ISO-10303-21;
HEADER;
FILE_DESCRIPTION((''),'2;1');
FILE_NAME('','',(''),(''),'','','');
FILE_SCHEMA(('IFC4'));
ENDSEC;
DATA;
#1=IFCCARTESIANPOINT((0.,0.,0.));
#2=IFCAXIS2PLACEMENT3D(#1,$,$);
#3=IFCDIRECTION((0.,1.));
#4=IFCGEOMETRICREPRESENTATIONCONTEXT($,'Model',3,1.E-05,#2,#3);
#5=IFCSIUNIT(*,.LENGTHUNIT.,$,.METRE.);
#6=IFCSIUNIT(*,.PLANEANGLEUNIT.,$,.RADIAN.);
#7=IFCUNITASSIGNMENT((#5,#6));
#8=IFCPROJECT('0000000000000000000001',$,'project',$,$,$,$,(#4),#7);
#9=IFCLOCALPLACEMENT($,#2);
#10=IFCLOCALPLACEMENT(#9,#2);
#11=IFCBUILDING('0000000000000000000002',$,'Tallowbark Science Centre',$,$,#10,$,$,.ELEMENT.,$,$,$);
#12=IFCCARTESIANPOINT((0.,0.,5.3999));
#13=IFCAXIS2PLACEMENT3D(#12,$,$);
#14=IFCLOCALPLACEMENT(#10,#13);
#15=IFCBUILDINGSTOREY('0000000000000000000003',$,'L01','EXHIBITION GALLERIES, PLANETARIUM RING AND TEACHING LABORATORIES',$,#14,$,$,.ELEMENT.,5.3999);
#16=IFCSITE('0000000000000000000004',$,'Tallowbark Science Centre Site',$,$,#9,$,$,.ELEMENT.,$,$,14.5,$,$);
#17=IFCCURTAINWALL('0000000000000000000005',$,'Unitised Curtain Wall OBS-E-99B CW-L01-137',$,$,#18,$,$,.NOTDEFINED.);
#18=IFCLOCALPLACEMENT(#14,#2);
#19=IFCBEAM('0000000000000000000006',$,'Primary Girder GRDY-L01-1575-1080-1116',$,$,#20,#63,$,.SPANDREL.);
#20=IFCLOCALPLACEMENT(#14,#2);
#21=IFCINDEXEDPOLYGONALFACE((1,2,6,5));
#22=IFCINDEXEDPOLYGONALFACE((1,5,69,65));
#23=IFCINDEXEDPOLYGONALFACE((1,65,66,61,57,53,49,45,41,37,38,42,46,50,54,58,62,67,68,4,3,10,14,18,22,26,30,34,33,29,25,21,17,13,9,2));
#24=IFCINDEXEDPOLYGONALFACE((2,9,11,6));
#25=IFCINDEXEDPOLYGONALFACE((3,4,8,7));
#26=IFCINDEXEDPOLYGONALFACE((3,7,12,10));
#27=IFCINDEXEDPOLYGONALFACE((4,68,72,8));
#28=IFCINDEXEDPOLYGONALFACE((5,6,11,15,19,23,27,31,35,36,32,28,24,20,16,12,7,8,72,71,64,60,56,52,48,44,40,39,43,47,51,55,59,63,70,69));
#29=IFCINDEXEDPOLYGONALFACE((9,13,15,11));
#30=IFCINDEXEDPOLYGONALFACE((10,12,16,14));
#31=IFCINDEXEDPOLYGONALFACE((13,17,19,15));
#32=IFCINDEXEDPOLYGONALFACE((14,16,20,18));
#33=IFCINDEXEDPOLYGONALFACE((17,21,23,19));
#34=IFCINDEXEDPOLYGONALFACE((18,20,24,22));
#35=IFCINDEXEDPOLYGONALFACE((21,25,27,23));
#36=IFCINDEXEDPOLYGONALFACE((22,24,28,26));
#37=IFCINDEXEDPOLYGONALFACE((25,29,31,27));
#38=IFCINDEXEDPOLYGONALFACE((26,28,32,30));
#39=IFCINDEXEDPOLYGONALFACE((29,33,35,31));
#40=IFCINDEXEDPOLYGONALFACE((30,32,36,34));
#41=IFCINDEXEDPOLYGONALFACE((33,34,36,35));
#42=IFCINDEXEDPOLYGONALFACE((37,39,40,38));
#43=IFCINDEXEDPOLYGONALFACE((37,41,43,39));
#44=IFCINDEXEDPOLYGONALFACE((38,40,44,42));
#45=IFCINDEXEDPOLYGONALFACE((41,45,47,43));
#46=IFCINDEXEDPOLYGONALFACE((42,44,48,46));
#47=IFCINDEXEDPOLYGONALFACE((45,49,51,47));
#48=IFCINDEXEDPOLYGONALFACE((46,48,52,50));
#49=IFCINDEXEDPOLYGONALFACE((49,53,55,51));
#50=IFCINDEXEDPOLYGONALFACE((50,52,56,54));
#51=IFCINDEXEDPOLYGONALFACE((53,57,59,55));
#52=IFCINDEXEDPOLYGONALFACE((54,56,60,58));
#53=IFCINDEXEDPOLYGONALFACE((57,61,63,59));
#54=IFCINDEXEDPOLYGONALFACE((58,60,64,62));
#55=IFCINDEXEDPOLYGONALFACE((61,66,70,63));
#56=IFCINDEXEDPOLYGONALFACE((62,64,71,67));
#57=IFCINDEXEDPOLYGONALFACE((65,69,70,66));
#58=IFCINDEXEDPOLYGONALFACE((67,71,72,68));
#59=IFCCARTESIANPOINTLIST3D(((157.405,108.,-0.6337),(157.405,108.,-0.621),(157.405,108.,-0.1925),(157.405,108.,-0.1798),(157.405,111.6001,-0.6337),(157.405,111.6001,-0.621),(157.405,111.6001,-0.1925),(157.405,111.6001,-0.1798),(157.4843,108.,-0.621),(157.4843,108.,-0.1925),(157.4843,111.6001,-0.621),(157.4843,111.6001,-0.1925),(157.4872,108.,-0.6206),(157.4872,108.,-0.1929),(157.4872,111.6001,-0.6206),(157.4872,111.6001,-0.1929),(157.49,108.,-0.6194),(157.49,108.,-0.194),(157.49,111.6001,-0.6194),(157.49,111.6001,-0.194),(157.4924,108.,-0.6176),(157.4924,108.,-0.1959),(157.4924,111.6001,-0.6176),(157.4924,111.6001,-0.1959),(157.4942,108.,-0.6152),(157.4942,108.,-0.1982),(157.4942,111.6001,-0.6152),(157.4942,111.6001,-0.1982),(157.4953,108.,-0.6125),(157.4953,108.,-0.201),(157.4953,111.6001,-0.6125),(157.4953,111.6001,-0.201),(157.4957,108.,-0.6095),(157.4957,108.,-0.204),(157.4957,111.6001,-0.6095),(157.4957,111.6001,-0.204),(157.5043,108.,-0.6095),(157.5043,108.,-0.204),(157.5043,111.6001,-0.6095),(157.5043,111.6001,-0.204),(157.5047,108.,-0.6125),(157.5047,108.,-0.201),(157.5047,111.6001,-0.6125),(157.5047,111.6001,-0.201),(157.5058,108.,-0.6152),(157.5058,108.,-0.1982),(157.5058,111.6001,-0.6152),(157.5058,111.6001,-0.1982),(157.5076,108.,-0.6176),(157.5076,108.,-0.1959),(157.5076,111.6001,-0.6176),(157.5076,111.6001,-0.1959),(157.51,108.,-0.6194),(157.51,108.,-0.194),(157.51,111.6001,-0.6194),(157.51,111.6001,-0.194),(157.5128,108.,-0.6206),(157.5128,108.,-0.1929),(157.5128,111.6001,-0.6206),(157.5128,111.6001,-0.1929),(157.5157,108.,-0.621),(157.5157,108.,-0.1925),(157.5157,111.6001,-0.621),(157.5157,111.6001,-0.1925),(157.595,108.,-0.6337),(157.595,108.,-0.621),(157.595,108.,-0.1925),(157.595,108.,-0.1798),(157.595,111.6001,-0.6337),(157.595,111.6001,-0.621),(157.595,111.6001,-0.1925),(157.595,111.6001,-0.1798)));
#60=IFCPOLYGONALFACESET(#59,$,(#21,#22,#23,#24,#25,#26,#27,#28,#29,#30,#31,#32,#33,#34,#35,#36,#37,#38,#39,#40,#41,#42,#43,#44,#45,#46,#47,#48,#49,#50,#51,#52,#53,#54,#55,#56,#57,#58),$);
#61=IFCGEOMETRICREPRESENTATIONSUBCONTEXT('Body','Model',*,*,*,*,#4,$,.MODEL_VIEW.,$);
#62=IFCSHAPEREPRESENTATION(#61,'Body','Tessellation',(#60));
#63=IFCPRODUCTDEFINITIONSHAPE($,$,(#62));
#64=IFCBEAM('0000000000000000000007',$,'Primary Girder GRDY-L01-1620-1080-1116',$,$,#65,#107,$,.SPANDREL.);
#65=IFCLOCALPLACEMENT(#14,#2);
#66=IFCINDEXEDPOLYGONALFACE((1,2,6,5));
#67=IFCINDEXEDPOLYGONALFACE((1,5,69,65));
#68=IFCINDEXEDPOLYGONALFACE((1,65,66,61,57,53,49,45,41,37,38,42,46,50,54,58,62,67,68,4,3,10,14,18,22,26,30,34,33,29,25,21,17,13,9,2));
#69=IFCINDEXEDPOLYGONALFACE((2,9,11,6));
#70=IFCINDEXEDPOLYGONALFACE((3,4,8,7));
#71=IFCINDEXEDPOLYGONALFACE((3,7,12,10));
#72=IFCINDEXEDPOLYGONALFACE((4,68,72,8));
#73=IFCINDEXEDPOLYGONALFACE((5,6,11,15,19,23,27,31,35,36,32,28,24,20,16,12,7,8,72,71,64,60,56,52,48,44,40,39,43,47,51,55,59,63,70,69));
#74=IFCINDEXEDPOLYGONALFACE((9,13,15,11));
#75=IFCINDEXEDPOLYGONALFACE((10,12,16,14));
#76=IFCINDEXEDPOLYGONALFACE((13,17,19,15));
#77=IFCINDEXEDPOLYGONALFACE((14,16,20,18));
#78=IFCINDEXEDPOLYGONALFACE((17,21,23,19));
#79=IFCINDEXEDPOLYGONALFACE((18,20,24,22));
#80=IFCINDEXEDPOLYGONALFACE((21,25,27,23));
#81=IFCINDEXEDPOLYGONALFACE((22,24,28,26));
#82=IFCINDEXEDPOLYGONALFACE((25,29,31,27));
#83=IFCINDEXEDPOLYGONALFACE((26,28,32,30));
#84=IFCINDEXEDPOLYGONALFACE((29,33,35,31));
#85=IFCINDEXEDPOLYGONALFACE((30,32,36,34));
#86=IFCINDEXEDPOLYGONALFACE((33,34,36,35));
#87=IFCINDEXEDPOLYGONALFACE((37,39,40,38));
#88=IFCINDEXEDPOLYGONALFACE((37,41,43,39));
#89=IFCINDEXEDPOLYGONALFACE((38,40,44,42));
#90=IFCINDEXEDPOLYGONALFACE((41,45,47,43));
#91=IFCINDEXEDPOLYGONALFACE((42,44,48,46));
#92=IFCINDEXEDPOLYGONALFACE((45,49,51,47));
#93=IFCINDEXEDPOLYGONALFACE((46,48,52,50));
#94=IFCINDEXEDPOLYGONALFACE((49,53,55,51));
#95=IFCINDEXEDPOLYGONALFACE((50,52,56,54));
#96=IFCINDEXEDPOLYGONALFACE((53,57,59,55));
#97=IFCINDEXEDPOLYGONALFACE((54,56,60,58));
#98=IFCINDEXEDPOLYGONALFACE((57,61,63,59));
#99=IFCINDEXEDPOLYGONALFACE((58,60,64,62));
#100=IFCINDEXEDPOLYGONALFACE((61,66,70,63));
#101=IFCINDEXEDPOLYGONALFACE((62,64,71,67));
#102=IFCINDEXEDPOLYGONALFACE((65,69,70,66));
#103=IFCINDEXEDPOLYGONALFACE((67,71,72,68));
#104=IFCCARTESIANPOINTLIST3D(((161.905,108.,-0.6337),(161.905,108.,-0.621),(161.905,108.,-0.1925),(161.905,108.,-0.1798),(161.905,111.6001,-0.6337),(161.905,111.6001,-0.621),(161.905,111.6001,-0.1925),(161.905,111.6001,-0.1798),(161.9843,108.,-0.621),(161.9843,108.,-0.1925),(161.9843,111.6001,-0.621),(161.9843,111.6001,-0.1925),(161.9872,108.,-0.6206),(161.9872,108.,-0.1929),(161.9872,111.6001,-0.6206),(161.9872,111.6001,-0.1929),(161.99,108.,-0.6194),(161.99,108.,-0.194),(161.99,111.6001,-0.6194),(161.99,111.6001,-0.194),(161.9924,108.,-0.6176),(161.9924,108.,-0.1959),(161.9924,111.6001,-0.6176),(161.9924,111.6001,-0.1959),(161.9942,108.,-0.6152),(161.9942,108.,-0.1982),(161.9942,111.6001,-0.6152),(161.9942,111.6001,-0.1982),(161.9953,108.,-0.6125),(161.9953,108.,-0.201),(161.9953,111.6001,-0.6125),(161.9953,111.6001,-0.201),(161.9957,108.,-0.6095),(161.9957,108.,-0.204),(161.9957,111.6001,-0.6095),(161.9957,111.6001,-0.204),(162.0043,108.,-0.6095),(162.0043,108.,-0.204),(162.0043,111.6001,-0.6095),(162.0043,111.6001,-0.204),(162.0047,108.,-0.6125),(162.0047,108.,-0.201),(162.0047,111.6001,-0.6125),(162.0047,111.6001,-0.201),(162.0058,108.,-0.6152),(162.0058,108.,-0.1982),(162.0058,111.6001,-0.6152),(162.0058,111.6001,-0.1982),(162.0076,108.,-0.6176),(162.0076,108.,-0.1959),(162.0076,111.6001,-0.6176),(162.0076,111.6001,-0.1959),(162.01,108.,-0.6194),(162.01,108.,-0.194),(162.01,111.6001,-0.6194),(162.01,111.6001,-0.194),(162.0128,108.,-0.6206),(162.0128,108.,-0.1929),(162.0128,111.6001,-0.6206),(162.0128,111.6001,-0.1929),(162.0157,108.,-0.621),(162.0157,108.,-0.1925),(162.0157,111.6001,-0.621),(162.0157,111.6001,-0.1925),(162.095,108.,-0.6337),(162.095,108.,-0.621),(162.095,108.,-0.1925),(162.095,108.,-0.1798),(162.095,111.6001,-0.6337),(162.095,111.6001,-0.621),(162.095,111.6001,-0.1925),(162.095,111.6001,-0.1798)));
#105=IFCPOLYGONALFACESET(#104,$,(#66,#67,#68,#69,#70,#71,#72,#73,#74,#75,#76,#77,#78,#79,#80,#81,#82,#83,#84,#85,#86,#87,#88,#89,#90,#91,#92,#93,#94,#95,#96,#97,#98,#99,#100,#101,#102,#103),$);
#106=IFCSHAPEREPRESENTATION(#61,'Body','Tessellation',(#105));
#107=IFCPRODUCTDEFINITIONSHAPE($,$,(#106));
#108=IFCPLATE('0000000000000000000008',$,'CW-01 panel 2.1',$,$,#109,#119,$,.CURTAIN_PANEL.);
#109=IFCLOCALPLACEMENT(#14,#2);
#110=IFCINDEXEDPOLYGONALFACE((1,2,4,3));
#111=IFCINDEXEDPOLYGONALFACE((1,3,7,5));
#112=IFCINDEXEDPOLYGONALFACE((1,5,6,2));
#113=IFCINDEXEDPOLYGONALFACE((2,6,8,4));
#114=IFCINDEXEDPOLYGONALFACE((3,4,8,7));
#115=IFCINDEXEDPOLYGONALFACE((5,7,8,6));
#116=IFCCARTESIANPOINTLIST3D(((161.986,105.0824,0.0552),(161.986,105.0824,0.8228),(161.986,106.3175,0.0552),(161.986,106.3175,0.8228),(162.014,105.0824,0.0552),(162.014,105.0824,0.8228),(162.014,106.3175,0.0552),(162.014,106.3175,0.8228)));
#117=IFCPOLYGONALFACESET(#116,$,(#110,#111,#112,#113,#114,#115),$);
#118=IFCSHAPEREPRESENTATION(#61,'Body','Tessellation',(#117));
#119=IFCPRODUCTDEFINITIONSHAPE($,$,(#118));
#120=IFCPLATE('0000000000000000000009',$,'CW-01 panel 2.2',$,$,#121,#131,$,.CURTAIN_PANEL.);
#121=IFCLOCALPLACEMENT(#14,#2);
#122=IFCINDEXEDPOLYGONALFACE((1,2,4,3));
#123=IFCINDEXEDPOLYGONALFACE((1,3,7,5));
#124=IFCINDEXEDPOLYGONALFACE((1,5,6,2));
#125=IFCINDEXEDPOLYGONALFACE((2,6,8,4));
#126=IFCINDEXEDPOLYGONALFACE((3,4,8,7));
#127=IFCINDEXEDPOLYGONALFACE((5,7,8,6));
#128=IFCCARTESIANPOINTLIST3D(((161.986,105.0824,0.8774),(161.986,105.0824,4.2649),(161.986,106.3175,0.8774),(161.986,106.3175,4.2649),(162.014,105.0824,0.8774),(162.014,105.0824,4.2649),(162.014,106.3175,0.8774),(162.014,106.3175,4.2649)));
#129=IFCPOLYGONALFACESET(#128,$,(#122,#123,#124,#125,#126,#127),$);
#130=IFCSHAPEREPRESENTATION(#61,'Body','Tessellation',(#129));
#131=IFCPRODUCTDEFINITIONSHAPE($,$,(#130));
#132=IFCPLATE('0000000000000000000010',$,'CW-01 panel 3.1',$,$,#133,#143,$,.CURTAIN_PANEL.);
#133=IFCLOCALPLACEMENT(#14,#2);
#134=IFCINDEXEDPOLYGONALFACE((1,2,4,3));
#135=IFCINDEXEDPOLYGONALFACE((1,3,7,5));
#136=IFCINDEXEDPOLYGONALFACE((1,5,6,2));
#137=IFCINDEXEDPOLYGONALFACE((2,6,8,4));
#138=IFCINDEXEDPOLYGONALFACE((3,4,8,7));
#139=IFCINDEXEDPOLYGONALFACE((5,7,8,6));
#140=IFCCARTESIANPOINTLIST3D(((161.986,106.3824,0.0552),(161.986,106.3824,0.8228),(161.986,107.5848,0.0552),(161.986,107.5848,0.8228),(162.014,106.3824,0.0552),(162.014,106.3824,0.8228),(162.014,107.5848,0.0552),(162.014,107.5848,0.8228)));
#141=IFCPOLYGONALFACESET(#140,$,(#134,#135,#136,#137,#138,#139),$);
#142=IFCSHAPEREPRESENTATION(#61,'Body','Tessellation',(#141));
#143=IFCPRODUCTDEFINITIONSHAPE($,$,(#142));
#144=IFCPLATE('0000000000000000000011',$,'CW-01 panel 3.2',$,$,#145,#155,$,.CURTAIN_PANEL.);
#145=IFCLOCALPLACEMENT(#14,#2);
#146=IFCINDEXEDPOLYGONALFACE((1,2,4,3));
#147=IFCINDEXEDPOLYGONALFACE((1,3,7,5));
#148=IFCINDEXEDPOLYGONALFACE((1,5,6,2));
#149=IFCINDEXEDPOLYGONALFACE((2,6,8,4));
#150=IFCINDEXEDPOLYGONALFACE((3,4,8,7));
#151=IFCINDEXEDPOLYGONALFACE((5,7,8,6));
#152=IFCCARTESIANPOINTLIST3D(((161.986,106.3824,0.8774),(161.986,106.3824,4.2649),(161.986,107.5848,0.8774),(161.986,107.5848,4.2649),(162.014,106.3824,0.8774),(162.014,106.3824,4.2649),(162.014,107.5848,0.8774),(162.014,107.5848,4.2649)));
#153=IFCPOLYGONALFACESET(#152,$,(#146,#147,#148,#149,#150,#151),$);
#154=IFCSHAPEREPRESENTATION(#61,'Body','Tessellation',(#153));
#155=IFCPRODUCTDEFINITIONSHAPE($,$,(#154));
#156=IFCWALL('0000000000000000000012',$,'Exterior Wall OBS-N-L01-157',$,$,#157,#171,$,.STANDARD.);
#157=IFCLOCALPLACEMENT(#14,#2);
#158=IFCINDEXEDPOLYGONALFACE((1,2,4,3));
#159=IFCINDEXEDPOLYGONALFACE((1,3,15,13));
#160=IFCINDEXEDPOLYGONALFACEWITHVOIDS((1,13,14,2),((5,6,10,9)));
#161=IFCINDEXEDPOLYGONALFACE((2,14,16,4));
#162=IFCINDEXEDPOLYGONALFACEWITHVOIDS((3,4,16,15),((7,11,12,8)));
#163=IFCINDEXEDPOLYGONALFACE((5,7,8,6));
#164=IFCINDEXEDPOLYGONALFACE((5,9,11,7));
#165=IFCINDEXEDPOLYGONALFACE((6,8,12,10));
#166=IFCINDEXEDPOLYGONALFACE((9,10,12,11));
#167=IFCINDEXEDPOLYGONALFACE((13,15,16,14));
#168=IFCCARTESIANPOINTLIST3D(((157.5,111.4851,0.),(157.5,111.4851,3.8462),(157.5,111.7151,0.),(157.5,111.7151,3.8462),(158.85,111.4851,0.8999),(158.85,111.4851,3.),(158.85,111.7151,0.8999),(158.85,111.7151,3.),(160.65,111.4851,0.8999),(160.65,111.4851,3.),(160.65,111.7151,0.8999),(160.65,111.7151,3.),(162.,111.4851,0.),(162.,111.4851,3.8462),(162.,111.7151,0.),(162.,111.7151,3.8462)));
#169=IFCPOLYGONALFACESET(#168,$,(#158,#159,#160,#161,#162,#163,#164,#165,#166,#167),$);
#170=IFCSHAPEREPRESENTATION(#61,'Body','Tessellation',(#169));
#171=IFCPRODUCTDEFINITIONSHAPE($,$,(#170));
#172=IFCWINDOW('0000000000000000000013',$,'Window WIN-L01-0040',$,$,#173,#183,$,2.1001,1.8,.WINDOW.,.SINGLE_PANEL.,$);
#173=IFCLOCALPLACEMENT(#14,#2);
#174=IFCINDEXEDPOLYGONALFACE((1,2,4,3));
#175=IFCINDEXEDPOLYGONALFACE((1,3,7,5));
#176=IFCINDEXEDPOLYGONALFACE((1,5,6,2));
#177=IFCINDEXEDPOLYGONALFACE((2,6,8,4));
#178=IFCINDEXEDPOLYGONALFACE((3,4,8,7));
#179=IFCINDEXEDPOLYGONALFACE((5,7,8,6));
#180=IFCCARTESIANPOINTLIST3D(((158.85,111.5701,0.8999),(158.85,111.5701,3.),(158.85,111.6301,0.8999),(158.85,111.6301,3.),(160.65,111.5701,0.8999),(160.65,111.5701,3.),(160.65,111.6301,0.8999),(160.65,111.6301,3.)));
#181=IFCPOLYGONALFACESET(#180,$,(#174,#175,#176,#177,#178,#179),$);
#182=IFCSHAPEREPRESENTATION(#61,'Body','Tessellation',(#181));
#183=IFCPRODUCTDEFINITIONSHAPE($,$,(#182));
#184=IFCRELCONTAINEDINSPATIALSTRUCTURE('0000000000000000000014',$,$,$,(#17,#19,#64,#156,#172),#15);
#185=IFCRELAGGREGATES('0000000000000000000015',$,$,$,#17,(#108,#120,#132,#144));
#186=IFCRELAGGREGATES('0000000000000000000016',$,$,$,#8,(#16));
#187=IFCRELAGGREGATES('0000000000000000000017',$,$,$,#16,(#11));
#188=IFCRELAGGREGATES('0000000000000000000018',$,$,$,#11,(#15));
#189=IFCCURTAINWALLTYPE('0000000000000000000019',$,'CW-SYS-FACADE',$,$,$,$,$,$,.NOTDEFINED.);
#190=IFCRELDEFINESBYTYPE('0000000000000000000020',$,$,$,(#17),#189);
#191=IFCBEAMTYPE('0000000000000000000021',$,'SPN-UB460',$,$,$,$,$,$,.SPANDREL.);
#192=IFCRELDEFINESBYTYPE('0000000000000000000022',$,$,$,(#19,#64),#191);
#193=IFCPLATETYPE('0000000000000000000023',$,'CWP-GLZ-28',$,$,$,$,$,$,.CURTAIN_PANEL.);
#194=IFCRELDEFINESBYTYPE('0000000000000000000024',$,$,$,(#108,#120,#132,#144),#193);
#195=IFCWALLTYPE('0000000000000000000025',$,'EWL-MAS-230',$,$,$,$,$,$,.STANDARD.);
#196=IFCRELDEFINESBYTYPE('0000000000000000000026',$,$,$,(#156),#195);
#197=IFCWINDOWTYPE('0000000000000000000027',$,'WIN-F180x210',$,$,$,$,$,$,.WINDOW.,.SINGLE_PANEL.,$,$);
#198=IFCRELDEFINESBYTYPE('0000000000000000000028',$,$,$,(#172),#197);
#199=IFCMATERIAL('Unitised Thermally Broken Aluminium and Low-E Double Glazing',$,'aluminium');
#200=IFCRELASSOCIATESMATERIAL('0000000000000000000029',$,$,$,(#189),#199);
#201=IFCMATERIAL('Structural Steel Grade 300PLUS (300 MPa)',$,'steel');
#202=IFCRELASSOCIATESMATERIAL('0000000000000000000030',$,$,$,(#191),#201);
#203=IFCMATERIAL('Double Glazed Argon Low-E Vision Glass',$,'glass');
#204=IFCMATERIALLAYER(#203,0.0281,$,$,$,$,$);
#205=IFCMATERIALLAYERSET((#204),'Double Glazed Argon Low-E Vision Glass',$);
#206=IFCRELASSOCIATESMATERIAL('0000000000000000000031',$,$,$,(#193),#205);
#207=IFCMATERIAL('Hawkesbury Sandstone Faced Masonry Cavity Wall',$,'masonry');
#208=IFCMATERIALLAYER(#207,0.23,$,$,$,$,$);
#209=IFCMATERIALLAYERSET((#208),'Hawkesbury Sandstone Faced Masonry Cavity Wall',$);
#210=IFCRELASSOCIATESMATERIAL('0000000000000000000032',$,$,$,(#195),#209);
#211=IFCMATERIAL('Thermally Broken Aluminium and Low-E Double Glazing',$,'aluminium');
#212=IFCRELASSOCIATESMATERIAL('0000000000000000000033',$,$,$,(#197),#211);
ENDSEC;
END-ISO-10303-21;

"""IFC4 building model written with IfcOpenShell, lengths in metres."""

from ifc_helpers import new_model, si_unit, direction, frame, frame_2d, origin, origin_2d, place, context, subcontext, project, spatial, rectangle, i_section, extrude, material, layer, layer_set, material_profile, profile_set, type_object, element, fill, aggregate, save


model = new_model("IFC4")

# Units and contexts
model_context = context("Model", 3, precision=1e-05, world=origin(), true_north=direction((0.0, 1.0)))
body_context = subcontext(model_context, "Body", "Model", "MODEL_VIEW")
ifc_project = project(units=[si_unit("LENGTHUNIT", "METRE"), si_unit("PLANEANGLEUNIT", "RADIAN")], contexts=[model_context])

# Site, building, storey
site_placement = place(None, origin())
site = spatial("IfcSite", under=ifc_project, at=site_placement, Name="Tallowbark Science Centre Site", CompositionType="ELEMENT", RefElevation=14.5)
building_placement = place(site_placement, origin())
building = spatial("IfcBuilding", under=site, at=building_placement, Name="Tallowbark Science Centre", CompositionType="ELEMENT")
storey_placement = place(building_placement, frame((0.0, 0.0, 5.3999)))
storey = spatial("IfcBuildingStorey", under=building, at=storey_placement, Name="L01", Description="EXHIBITION GALLERIES, PLANETARIUM RING AND TEACHING LABORATORIES", CompositionType="ELEMENT", Elevation=5.3999)

# Shared definitions
ifc_material_1 = material(Name="Structural Steel Grade 300PLUS (300 MPa)", Category="steel")

# Curtain wall
ifc_material_2 = material(Name="Unitised Thermally Broken Aluminium and Low-E Double Glazing", Category="aluminium")
curtain_wall_type = type_object("IfcCurtainWallType", Name="CW-SYS-FACADE", PredefinedType="NOTDEFINED", material=ifc_material_2)
curtain_wall_placement = place(storey_placement, origin())
curtain_wall = element("IfcCurtainWall", 1, at=curtain_wall_placement, inside=storey, type_object=curtain_wall_type, Name="Unitised Curtain Wall OBS-E-99B CW-L01-137", PredefinedType="NOTDEFINED")

# Beams
ifc_material_profile_1 = material_profile(ifc_material_1, i_section(OverallWidth=0.1899, OverallDepth=0.4539, WebThickness=0.0085, FlangeThickness=0.0127, FilletRadius=0.0115, at=origin_2d()), Name="460UB67.1")
ifc_profile_set_1 = profile_set([ifc_material_profile_1], Name="Structural Steel Grade 300PLUS (300 MPa)")
beam_type_1 = type_object("IfcBeamType", Name="SPN-UB460", PredefinedType="SPANDREL", material=ifc_profile_set_1)
for number, where, z_axis, x_axis, name in (
    (2, (157.5, 108.0, -0.4067), (0.0, 1.0, 0.0), (-1.0, 0.0, 0.0), "Primary Girder GRDY-L01-1575-1080-1116"),
    (3, (162.0, 108.0, -0.4067), (0.0, 1.0, 0.0), (-1.0, 0.0, 0.0), "Primary Girder GRDY-L01-1620-1080-1116"),
):
    element("IfcBeam", number, at=place(storey_placement, frame(where, z_axis=z_axis, x_axis=x_axis)), inside=storey, type_object=beam_type_1, Name=name, PredefinedType="SPANDREL", context=body_context, shape_type="SweptSolid", body=[
        extrude(i_section(OverallWidth=0.1899, OverallDepth=0.4539, WebThickness=0.0085, FlangeThickness=0.0127, FilletRadius=0.0115, at=origin_2d()), origin(), (0.0, 0.0, 1.0), 3.6001),
    ])

# Plates
ifc_material_3 = material(Name="Double Glazed Argon Low-E Vision Glass", Category="glass")
ifc_layer_1 = layer(ifc_material_3, 0.0281)
ifc_layer_set_1 = layer_set([ifc_layer_1], Name="Double Glazed Argon Low-E Vision Glass")
plate_type = type_object("IfcPlateType", Name="CWP-GLZ-28", PredefinedType="CURTAIN_PANEL", material=ifc_layer_set_1)
plate_1_placement = place(storey_placement, frame((162.0, 105.7, 0.0552), z_axis=(0.0, 0.0, 1.0), x_axis=(0.0, 1.0, 0.0)))
plate_1 = element("IfcPlate", 4, at=plate_1_placement, type_object=plate_type, Name="CW-01 panel 2.1", PredefinedType="CURTAIN_PANEL", context=body_context, shape_type="SweptSolid", body=[
    extrude(rectangle(XDim=1.2351, YDim=0.0281, at=origin_2d()), origin(), (0.0, 0.0, 1.0), 0.7676),
])
plate_2_placement = place(storey_placement, frame((162.0, 105.7, 0.8774), z_axis=(0.0, 0.0, 1.0), x_axis=(0.0, 1.0, 0.0)))
plate_2 = element("IfcPlate", 5, at=plate_2_placement, type_object=plate_type, Name="CW-01 panel 2.2", PredefinedType="CURTAIN_PANEL", context=body_context, shape_type="SweptSolid", body=[
    extrude(rectangle(XDim=1.2351, YDim=0.0281, at=origin_2d()), origin(), (0.0, 0.0, 1.0), 3.3875),
])
plate_3_placement = place(storey_placement, frame((162.0, 106.9836, 0.0552), z_axis=(0.0, 0.0, 1.0), x_axis=(0.0, 1.0, 0.0)))
plate_3 = element("IfcPlate", 6, at=plate_3_placement, type_object=plate_type, Name="CW-01 panel 3.1", PredefinedType="CURTAIN_PANEL", context=body_context, shape_type="SweptSolid", body=[
    extrude(rectangle(XDim=1.2024, YDim=0.0281, at=origin_2d()), origin(), (0.0, 0.0, 1.0), 0.7676),
])
plate_4_placement = place(storey_placement, frame((162.0, 106.9836, 0.8774), z_axis=(0.0, 0.0, 1.0), x_axis=(0.0, 1.0, 0.0)))
plate_4 = element("IfcPlate", 7, at=plate_4_placement, type_object=plate_type, Name="CW-01 panel 3.2", PredefinedType="CURTAIN_PANEL", context=body_context, shape_type="SweptSolid", body=[
    extrude(rectangle(XDim=1.2024, YDim=0.0281, at=origin_2d()), origin(), (0.0, 0.0, 1.0), 3.3875),
])
aggregate(curtain_wall, [plate_1, plate_2, plate_3, plate_4])

# Wall, opening, window
ifc_material_4 = material(Name="Hawkesbury Sandstone Faced Masonry Cavity Wall", Category="masonry")
ifc_layer_2 = layer(ifc_material_4, 0.23)
ifc_layer_set_2 = layer_set([ifc_layer_2], Name="Hawkesbury Sandstone Faced Masonry Cavity Wall")
wall_type_1 = type_object("IfcWallType", Name="EWL-MAS-230", PredefinedType="STANDARD", material=ifc_layer_set_2)
wall_1_placement = place(storey_placement, frame((162.0, 111.6001, 0.0), z_axis=(0.0, 0.0, 1.0), x_axis=(-1.0, 0.0, 0.0)))
wall_1 = element("IfcWall", 8, at=wall_1_placement, inside=storey, type_object=wall_type_1, Name="Exterior Wall OBS-N-L01-157", PredefinedType="STANDARD", context=body_context, shape_type="SweptSolid", body=[
    extrude(rectangle(XDim=4.5, YDim=0.23, at=frame_2d((2.25, 0.0))), origin(), (0.0, 0.0, 1.0), 3.8462),
])
opening_1_placement = place(wall_1_placement, frame((1.3501, 0.0, 0.8999)))
opening_1 = element("IfcOpeningElement", 9, at=opening_1_placement, cuts=wall_1, PredefinedType="OPENING", context=body_context, shape_type="SweptSolid", body=[
    extrude(rectangle(XDim=1.8, YDim=2.1001, at=frame_2d((0.8999, 1.05))), frame((0.0, 0.125, 0.0), z_axis=(0.0, -1.0, 0.0), x_axis=(1.0, 0.0, 0.0)), (0.0, 0.0, 1.0), 0.25),
])
ifc_material_5 = material(Name="Thermally Broken Aluminium and Low-E Double Glazing", Category="aluminium")
window_type_1 = type_object("IfcWindowType", Name="WIN-F180x210", PartitioningType="SINGLE_PANEL", PredefinedType="WINDOW", material=ifc_material_5)
window_1_placement = place(opening_1_placement, origin())
window_1 = element("IfcWindow", 10, at=window_1_placement, inside=storey, type_object=window_type_1, Name="Window WIN-L01-0040", OverallHeight=2.1001, OverallWidth=1.8, PartitioningType="SINGLE_PANEL", PredefinedType="WINDOW", context=body_context, shape_type="SweptSolid", body=[
    extrude(rectangle(XDim=1.8, YDim=2.1001, at=frame_2d((0.8999, 1.05))), frame((0.0, 0.03, 0.0), z_axis=(0.0, -1.0, 0.0), x_axis=(1.0, 0.0, 0.0)), (0.0, 0.0, 1.0), 0.0601),
])
fill(opening_1, window_1)

save(model, "model.ifc")
